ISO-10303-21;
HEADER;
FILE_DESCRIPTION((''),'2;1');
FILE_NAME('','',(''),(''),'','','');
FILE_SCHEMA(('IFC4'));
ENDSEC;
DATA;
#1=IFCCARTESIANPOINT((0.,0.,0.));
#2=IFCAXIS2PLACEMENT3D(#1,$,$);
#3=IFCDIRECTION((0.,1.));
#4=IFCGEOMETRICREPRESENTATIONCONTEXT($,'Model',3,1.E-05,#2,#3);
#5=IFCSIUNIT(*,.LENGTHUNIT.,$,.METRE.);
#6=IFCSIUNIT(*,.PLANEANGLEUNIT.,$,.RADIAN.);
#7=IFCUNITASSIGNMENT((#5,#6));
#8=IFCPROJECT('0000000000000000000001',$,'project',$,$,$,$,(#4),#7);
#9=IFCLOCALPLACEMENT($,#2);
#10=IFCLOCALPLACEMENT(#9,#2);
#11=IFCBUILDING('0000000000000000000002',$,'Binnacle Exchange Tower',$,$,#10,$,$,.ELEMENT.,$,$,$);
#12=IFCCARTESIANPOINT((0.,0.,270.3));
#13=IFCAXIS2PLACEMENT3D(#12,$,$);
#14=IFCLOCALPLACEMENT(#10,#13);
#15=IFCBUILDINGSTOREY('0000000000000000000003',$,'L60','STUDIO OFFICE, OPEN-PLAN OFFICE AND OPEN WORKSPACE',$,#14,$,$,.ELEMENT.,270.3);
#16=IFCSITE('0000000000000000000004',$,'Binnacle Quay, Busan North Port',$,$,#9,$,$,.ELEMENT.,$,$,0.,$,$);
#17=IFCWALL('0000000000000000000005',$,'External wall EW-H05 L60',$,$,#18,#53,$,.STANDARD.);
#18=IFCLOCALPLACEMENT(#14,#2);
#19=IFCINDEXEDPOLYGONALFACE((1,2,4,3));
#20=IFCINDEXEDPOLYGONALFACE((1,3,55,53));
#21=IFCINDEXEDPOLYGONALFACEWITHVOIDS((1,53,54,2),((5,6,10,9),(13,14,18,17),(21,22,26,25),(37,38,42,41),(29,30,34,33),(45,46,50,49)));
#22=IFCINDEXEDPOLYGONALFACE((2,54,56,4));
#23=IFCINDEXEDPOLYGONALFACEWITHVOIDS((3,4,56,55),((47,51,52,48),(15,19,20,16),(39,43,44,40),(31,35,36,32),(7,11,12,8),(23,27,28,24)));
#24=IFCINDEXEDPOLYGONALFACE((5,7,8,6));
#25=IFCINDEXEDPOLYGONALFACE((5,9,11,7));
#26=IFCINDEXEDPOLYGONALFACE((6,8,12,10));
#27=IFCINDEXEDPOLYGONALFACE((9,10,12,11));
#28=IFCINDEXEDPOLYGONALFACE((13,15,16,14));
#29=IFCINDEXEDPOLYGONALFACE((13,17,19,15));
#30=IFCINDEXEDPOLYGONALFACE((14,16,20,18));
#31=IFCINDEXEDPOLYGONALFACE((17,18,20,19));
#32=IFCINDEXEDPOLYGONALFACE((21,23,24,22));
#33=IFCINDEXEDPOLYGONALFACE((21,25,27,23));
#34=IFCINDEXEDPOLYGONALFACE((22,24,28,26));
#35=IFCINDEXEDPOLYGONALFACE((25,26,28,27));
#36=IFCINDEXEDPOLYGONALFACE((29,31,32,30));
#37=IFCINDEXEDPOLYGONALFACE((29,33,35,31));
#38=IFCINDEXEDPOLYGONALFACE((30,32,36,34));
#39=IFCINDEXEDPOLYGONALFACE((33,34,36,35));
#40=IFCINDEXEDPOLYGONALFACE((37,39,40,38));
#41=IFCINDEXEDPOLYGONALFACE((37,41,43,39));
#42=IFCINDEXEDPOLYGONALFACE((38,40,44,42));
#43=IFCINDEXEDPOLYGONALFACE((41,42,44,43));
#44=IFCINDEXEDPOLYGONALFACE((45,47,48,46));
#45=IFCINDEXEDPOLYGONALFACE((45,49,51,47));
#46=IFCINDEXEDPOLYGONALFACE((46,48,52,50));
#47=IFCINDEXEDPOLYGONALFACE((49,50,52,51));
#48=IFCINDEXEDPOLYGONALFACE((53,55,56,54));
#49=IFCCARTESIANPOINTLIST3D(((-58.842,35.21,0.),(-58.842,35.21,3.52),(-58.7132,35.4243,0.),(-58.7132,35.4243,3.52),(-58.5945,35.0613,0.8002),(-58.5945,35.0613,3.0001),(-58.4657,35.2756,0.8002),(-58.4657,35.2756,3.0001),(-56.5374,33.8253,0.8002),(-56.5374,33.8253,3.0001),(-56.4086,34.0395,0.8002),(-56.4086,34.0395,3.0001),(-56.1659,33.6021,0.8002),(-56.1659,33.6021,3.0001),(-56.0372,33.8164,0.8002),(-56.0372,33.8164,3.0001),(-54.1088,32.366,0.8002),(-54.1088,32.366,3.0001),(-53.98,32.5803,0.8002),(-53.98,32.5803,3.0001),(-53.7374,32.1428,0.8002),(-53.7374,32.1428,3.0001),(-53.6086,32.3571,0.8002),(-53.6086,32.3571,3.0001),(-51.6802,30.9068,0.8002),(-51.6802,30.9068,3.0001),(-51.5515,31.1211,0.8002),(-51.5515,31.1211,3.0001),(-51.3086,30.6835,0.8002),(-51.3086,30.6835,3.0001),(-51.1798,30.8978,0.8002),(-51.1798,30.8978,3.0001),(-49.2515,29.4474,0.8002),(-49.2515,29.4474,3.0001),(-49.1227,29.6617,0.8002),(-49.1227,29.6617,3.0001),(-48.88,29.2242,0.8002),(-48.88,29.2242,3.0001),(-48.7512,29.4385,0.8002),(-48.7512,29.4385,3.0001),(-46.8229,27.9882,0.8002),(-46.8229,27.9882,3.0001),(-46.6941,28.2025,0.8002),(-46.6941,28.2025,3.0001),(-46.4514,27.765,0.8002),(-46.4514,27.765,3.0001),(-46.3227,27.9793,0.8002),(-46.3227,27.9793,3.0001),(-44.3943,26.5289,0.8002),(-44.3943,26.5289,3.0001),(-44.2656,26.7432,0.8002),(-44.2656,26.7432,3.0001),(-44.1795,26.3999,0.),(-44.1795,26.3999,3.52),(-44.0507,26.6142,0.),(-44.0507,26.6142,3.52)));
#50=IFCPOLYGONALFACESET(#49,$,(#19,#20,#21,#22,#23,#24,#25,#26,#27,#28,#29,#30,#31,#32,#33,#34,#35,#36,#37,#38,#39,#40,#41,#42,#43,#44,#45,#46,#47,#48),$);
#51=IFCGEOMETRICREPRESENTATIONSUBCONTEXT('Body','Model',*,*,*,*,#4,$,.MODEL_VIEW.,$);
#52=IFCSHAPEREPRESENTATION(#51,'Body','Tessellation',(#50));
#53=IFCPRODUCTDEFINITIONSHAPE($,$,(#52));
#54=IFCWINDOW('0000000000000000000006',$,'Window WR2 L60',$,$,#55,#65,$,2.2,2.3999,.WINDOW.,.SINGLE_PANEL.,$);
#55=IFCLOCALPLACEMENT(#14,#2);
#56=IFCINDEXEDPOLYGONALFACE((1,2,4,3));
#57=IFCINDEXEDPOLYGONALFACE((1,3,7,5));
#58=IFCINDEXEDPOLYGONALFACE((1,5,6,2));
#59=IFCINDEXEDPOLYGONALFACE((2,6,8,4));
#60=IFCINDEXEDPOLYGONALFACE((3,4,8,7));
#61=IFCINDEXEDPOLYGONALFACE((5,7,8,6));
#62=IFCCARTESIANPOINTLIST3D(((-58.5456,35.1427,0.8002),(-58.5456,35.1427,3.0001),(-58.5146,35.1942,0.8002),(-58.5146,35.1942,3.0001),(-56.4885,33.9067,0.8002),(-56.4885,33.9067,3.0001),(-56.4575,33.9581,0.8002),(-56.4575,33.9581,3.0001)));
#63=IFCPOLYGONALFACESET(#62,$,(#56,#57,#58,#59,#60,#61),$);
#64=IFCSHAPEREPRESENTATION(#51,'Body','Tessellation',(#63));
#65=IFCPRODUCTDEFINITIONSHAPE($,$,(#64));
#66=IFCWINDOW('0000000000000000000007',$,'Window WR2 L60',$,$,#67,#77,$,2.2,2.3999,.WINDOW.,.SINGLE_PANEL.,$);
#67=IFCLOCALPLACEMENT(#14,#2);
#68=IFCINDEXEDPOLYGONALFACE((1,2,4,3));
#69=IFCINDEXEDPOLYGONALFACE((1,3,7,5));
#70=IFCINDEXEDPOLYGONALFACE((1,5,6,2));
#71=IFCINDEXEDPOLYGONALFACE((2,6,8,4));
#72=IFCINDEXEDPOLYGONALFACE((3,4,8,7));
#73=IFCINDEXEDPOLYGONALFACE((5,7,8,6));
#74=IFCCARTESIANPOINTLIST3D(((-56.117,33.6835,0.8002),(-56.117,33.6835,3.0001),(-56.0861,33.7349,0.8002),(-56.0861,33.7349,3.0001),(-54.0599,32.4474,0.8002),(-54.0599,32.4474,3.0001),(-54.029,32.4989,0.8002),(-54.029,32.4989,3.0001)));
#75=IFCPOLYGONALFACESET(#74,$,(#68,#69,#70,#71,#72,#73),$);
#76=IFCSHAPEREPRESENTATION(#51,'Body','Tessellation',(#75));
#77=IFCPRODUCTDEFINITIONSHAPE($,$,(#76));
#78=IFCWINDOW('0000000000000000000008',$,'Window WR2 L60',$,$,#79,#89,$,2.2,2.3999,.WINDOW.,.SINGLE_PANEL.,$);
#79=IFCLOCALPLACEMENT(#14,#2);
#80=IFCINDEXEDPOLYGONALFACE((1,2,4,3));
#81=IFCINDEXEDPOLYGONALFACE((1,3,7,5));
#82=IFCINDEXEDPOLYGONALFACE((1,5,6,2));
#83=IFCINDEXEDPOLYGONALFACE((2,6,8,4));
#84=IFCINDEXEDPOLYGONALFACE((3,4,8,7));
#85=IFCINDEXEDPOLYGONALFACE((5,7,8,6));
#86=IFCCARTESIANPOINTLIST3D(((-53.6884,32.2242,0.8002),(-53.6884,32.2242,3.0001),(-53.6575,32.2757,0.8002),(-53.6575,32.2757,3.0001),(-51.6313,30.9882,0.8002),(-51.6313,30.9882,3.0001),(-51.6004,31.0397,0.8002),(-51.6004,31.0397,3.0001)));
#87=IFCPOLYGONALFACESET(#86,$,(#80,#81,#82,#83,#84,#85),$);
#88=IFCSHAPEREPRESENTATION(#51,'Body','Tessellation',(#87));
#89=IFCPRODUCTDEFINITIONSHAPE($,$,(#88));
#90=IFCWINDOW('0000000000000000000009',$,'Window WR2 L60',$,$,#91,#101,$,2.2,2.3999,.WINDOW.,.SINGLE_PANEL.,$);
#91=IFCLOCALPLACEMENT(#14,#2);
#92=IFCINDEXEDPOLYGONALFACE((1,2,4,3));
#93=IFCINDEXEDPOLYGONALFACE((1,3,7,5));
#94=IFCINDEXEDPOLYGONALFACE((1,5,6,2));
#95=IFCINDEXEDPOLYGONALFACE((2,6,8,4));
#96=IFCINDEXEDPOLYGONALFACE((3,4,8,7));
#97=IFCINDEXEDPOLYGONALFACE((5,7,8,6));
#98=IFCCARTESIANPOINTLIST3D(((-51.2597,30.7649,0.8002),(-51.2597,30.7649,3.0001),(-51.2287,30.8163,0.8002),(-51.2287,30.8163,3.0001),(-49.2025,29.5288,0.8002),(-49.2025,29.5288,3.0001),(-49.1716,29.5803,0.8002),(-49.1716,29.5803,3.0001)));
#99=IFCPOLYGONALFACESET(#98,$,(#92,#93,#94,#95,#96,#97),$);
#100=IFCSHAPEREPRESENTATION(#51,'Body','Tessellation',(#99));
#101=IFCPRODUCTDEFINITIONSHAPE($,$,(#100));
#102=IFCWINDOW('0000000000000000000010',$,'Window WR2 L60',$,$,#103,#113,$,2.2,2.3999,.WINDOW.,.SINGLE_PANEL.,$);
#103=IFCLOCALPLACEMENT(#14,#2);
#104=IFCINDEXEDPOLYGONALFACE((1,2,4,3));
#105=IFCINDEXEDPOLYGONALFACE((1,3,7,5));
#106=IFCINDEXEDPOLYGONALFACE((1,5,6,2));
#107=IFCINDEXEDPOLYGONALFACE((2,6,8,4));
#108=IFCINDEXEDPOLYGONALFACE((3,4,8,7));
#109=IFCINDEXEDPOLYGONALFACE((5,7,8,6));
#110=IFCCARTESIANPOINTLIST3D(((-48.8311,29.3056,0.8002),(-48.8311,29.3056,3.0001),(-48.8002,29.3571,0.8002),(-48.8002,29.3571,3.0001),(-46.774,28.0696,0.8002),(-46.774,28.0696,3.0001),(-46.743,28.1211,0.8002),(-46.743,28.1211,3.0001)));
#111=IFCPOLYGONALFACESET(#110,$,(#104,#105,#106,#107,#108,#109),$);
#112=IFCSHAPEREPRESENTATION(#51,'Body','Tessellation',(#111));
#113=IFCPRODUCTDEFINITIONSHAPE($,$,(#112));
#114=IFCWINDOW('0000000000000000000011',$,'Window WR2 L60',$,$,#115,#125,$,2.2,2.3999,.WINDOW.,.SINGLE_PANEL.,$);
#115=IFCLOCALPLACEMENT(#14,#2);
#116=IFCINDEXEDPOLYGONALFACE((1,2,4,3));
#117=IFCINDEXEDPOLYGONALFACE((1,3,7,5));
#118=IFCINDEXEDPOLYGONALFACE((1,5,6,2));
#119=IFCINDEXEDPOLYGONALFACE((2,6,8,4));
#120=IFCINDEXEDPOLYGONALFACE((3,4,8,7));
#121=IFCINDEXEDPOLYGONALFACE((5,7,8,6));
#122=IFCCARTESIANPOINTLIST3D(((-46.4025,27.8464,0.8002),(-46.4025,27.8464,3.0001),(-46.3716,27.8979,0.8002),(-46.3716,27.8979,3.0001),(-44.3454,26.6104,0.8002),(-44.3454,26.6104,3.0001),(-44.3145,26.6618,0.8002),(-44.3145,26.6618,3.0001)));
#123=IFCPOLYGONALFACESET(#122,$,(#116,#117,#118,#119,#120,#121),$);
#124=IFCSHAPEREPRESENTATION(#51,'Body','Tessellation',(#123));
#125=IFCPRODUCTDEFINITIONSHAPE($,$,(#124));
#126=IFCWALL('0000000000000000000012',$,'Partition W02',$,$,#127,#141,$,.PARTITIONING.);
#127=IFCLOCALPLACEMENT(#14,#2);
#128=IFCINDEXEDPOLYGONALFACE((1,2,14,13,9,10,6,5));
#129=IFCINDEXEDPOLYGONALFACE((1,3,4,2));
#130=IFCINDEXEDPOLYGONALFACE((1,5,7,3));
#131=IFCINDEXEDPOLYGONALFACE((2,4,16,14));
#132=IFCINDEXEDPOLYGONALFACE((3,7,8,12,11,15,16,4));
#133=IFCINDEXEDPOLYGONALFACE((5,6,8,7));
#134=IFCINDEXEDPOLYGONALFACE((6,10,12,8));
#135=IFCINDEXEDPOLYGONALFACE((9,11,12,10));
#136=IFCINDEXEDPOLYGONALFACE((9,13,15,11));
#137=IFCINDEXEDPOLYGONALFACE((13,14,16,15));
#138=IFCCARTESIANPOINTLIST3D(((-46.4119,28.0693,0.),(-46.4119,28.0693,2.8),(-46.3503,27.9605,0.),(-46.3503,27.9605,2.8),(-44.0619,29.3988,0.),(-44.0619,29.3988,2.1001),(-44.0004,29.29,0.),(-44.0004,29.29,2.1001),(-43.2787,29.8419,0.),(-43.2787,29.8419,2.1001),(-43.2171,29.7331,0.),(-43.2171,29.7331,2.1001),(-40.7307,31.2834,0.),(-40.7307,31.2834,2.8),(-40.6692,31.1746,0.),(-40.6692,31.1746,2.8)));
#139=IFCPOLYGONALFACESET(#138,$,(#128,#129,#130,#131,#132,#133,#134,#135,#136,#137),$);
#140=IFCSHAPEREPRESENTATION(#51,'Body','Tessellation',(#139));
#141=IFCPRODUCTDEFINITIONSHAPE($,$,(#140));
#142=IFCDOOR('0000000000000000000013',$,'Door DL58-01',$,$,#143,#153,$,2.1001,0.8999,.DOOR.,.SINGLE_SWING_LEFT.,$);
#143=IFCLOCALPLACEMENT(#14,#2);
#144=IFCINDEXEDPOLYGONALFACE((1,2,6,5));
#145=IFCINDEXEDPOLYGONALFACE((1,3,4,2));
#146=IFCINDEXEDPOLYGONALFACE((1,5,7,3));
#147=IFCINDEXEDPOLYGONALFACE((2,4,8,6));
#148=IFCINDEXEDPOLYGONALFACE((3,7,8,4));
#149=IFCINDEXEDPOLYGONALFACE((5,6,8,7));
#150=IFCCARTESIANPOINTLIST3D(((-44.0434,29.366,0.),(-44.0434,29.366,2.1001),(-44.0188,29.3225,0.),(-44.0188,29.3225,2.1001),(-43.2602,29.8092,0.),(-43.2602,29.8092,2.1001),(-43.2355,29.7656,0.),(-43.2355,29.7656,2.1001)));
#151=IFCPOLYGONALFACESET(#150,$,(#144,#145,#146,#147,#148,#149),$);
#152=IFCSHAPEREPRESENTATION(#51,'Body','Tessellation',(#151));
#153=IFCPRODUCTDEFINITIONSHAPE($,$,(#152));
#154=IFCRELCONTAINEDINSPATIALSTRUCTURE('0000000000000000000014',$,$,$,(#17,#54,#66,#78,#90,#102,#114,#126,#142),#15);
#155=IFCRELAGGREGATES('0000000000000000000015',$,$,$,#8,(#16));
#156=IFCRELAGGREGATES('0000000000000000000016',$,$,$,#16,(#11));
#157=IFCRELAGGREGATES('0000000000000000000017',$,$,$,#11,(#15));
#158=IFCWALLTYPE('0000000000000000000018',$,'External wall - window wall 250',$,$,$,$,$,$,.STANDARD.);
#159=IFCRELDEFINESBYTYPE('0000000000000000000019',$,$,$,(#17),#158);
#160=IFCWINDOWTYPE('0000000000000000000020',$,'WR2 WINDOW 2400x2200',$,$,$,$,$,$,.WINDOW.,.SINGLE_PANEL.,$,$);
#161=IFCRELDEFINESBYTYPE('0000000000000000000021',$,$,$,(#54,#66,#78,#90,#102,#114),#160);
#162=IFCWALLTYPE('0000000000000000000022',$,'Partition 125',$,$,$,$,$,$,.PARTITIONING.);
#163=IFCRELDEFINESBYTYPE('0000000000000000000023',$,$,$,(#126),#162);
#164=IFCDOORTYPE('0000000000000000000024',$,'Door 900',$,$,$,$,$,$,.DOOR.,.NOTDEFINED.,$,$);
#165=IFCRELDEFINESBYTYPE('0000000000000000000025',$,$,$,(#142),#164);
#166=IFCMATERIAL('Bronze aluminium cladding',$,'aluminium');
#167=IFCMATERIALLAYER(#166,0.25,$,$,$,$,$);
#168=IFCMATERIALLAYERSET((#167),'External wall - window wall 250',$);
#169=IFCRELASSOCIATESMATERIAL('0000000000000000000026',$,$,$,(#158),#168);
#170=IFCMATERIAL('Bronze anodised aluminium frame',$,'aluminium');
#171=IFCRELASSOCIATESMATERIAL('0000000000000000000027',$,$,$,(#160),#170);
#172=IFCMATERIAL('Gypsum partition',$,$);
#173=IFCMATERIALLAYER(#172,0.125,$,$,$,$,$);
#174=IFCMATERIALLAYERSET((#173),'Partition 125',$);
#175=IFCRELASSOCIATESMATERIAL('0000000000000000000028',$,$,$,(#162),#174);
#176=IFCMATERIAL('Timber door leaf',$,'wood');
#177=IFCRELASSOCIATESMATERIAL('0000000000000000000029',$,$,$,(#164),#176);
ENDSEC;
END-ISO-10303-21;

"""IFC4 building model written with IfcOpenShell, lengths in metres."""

from ifc_helpers import new_model, si_unit, direction, frame, frame_2d, origin, place, context, subcontext, project, spatial, rectangle, extrude, material, layer, layer_set, type_object, element, fill, save


model = new_model("IFC4")

# Units and contexts
model_context = context("Model", 3, precision=1e-05, world=origin(), true_north=direction((0.0, 1.0)))
body_context = subcontext(model_context, "Body", "Model", "MODEL_VIEW")
ifc_project = project(units=[si_unit("LENGTHUNIT", "METRE"), si_unit("PLANEANGLEUNIT", "RADIAN")], contexts=[model_context])

# Site, building, storey
site_placement = place(None, origin())
site = spatial("IfcSite", under=ifc_project, at=site_placement, Name="Binnacle Quay, Busan North Port", CompositionType="ELEMENT", RefElevation=0.0)
building_placement = place(site_placement, origin())
building = spatial("IfcBuilding", under=site, at=building_placement, Name="Binnacle Exchange Tower", CompositionType="ELEMENT")
storey_placement = place(building_placement, frame((0.0, 0.0, 270.3)))
storey = spatial("IfcBuildingStorey", under=building, at=storey_placement, Name="L60", Description="STUDIO OFFICE, OPEN-PLAN OFFICE AND OPEN WORKSPACE", CompositionType="ELEMENT", Elevation=270.3)

# Shared definitions
ifc_material_1 = material(Name="Bronze aluminium cladding", Category="aluminium")
ifc_layer_1 = layer(ifc_material_1, 0.25)
ifc_layer_set_1 = layer_set([ifc_layer_1], Name="External wall - window wall 250")
wall_type_1 = type_object("IfcWallType", Name="External wall - window wall 250", PredefinedType="STANDARD", material=ifc_layer_set_1)

# Wall, openings, windows
wall_1_placement = place(storey_placement, frame((-44.1152, 26.5071, 0.0), z_axis=(0.0, 0.0, 1.0), x_axis=(-0.857167, 0.515039, 0.0)))
wall_1 = element("IfcWall", 1, at=wall_1_placement, inside=storey, type_object=wall_type_1, Name="External wall EW-H05 L60", PredefinedType="STANDARD", context=body_context, shape_type="SweptSolid", body=[
    extrude(rectangle(XDim=17.1057, YDim=0.25, at=frame_2d((8.5527, 0.0))), origin(), (0.0, 0.0, 1.0), 3.52),
])
opening_1_placement = place(wall_1_placement, frame((14.417, 0.0, 0.8)))
opening_1 = element("IfcOpeningElement", 2, at=opening_1_placement, cuts=wall_1, PredefinedType="OPENING", context=body_context, shape_type="SweptSolid", body=[
    extrude(rectangle(XDim=2.3999, YDim=2.2, at=frame_2d((1.2, 1.1001))), frame((0.0, 0.135, 0.0), z_axis=(0.0, -1.0, 0.0), x_axis=(1.0, 0.0, 0.0)), (0.0, 0.0, 1.0), 0.27),
])
opening_2_placement = place(wall_1_placement, frame((11.5837, 0.0, 0.8)))
opening_2 = element("IfcOpeningElement", 3, at=opening_2_placement, cuts=wall_1, PredefinedType="OPENING", context=body_context, shape_type="SweptSolid", body=[
    extrude(rectangle(XDim=2.3999, YDim=2.2, at=frame_2d((1.2, 1.1001))), frame((0.0, 0.135, 0.0), z_axis=(0.0, -1.0, 0.0), x_axis=(1.0, 0.0, 0.0)), (0.0, 0.0, 1.0), 0.27),
])
opening_3_placement = place(wall_1_placement, frame((8.7505, 0.0, 0.8)))
opening_3 = element("IfcOpeningElement", 4, at=opening_3_placement, cuts=wall_1, PredefinedType="OPENING", context=body_context, shape_type="SweptSolid", body=[
    extrude(rectangle(XDim=2.3999, YDim=2.2, at=frame_2d((1.2, 1.1001))), frame((0.0, 0.135, 0.0), z_axis=(0.0, -1.0, 0.0), x_axis=(1.0, 0.0, 0.0)), (0.0, 0.0, 1.0), 0.27),
])
opening_4_placement = place(wall_1_placement, frame((5.917, 0.0, 0.8)))
opening_4 = element("IfcOpeningElement", 5, at=opening_4_placement, cuts=wall_1, PredefinedType="OPENING", context=body_context, shape_type="SweptSolid", body=[
    extrude(rectangle(XDim=2.3999, YDim=2.2, at=frame_2d((1.2, 1.1001))), frame((0.0, 0.135, 0.0), z_axis=(0.0, -1.0, 0.0), x_axis=(1.0, 0.0, 0.0)), (0.0, 0.0, 1.0), 0.27),
])
opening_5_placement = place(wall_1_placement, frame((3.0837, 0.0, 0.8)))
opening_5 = element("IfcOpeningElement", 6, at=opening_5_placement, cuts=wall_1, PredefinedType="OPENING", context=body_context, shape_type="SweptSolid", body=[
    extrude(rectangle(XDim=2.3999, YDim=2.2, at=frame_2d((1.2, 1.1001))), frame((0.0, 0.135, 0.0), z_axis=(0.0, -1.0, 0.0), x_axis=(1.0, 0.0, 0.0)), (0.0, 0.0, 1.0), 0.27),
])
opening_6_placement = place(wall_1_placement, frame((0.2505, 0.0, 0.8)))
opening_6 = element("IfcOpeningElement", 7, at=opening_6_placement, cuts=wall_1, PredefinedType="OPENING", context=body_context, shape_type="SweptSolid", body=[
    extrude(rectangle(XDim=2.3999, YDim=2.2, at=frame_2d((1.2, 1.1001))), frame((0.0, 0.135, 0.0), z_axis=(0.0, -1.0, 0.0), x_axis=(1.0, 0.0, 0.0)), (0.0, 0.0, 1.0), 0.27),
])
ifc_material_2 = material(Name="Bronze anodised aluminium frame", Category="aluminium")
window_type = type_object("IfcWindowType", Name="WR2 WINDOW 2400x2200", PartitioningType="SINGLE_PANEL", PredefinedType="WINDOW", material=ifc_material_2)
window_1_placement = place(opening_1_placement, origin())
window_1 = element("IfcWindow", 8, at=window_1_placement, inside=storey, type_object=window_type, Name="Window WR2 L60", OverallHeight=2.2, OverallWidth=2.3999, PartitioningType="SINGLE_PANEL", PredefinedType="WINDOW", context=body_context, shape_type="SweptSolid", body=[
    extrude(rectangle(XDim=2.3999, YDim=2.2, at=frame_2d((1.2, 1.1001))), frame((0.0, 0.03, 0.0), z_axis=(0.0, -1.0, 0.0), x_axis=(1.0, 0.0, 0.0)), (0.0, 0.0, 1.0), 0.0601),
])
fill(opening_1, window_1)
window_2_placement = place(opening_2_placement, origin())
window_2 = element("IfcWindow", 9, at=window_2_placement, inside=storey, type_object=window_type, Name="Window WR2 L60", OverallHeight=2.2, OverallWidth=2.3999, PartitioningType="SINGLE_PANEL", PredefinedType="WINDOW", context=body_context, shape_type="SweptSolid", body=[
    extrude(rectangle(XDim=2.3999, YDim=2.2, at=frame_2d((1.2, 1.1001))), frame((0.0, 0.03, 0.0), z_axis=(0.0, -1.0, 0.0), x_axis=(1.0, 0.0, 0.0)), (0.0, 0.0, 1.0), 0.0601),
])
fill(opening_2, window_2)
window_3_placement = place(opening_3_placement, origin())
window_3 = element("IfcWindow", 10, at=window_3_placement, inside=storey, type_object=window_type, Name="Window WR2 L60", OverallHeight=2.2, OverallWidth=2.3999, PartitioningType="SINGLE_PANEL", PredefinedType="WINDOW", context=body_context, shape_type="SweptSolid", body=[
    extrude(rectangle(XDim=2.3999, YDim=2.2, at=frame_2d((1.2, 1.1001))), frame((0.0, 0.03, 0.0), z_axis=(0.0, -1.0, 0.0), x_axis=(1.0, 0.0, 0.0)), (0.0, 0.0, 1.0), 0.0601),
])
fill(opening_3, window_3)
window_4_placement = place(opening_4_placement, origin())
window_4 = element("IfcWindow", 11, at=window_4_placement, inside=storey, type_object=window_type, Name="Window WR2 L60", OverallHeight=2.2, OverallWidth=2.3999, PartitioningType="SINGLE_PANEL", PredefinedType="WINDOW", context=body_context, shape_type="SweptSolid", body=[
    extrude(rectangle(XDim=2.3999, YDim=2.2, at=frame_2d((1.2, 1.1001))), frame((0.0, 0.03, 0.0), z_axis=(0.0, -1.0, 0.0), x_axis=(1.0, 0.0, 0.0)), (0.0, 0.0, 1.0), 0.0601),
])
fill(opening_4, window_4)
window_5_placement = place(opening_5_placement, origin())
window_5 = element("IfcWindow", 12, at=window_5_placement, inside=storey, type_object=window_type, Name="Window WR2 L60", OverallHeight=2.2, OverallWidth=2.3999, PartitioningType="SINGLE_PANEL", PredefinedType="WINDOW", context=body_context, shape_type="SweptSolid", body=[
    extrude(rectangle(XDim=2.3999, YDim=2.2, at=frame_2d((1.2, 1.1001))), frame((0.0, 0.03, 0.0), z_axis=(0.0, -1.0, 0.0), x_axis=(1.0, 0.0, 0.0)), (0.0, 0.0, 1.0), 0.0601),
])
fill(opening_5, window_5)
window_6_placement = place(opening_6_placement, origin())
window_6 = element("IfcWindow", 13, at=window_6_placement, inside=storey, type_object=window_type, Name="Window WR2 L60", OverallHeight=2.2, OverallWidth=2.3999, PartitioningType="SINGLE_PANEL", PredefinedType="WINDOW", context=body_context, shape_type="SweptSolid", body=[
    extrude(rectangle(XDim=2.3999, YDim=2.2, at=frame_2d((1.2, 1.1001))), frame((0.0, 0.03, 0.0), z_axis=(0.0, -1.0, 0.0), x_axis=(1.0, 0.0, 0.0)), (0.0, 0.0, 1.0), 0.0601),
])
fill(opening_6, window_6)

# Wall, opening, door
ifc_material_3 = material(Name="Gypsum partition")
ifc_layer_2 = layer(ifc_material_3, 0.125)
ifc_layer_set_2 = layer_set([ifc_layer_2], Name="Partition 125")
wall_type_2 = type_object("IfcWallType", Name="Partition 125", PredefinedType="PARTITIONING", material=ifc_layer_set_2)
wall_2_placement = place(storey_placement, frame((-46.3811, 28.0149, 0.0), z_axis=(0.0, 0.0, 1.0), x_axis=(0.870364, 0.492408, 0.0)))
wall_2 = element("IfcWall", 14, at=wall_2_placement, inside=storey, type_object=wall_type_2, Name="Partition W02", PredefinedType="PARTITIONING", context=body_context, shape_type="SweptSolid", body=[
    extrude(rectangle(XDim=6.5273, YDim=0.125, at=frame_2d((3.2637, 0.0))), origin(), (0.0, 0.0, 1.0), 2.8),
])
opening_7_placement = place(wall_2_placement, frame((2.7, 0.0, 0.0)))
opening_7 = element("IfcOpeningElement", 15, at=opening_7_placement, cuts=wall_2, PredefinedType="OPENING", context=body_context, shape_type="SweptSolid", body=[
    extrude(rectangle(XDim=0.8999, YDim=2.1001, at=frame_2d((0.45, 1.05))), frame((0.0, 0.0725, 0.0), z_axis=(0.0, -1.0, 0.0), x_axis=(1.0, 0.0, 0.0)), (0.0, 0.0, 1.0), 0.145),
])
ifc_material_4 = material(Name="Timber door leaf", Category="wood")
door_type_1 = type_object("IfcDoorType", Name="Door 900", OperationType="NOTDEFINED", PredefinedType="DOOR", material=ifc_material_4)
door_1_placement = place(opening_7_placement, origin())
door_1 = element("IfcDoor", 16, at=door_1_placement, inside=storey, type_object=door_type_1, Name="Door DL58-01", OperationType="SINGLE_SWING_LEFT", OverallHeight=2.1001, OverallWidth=0.8999, PredefinedType="DOOR", context=body_context, shape_type="SweptSolid", body=[
    extrude(rectangle(XDim=0.8999, YDim=2.1001, at=frame_2d((0.45, 1.05))), frame((0.0, 0.0249, 0.0), z_axis=(0.0, -1.0, 0.0), x_axis=(1.0, 0.0, 0.0)), (0.0, 0.0, 1.0), 0.05),
])
fill(opening_7, door_1)

save(model, "model.ifc")
